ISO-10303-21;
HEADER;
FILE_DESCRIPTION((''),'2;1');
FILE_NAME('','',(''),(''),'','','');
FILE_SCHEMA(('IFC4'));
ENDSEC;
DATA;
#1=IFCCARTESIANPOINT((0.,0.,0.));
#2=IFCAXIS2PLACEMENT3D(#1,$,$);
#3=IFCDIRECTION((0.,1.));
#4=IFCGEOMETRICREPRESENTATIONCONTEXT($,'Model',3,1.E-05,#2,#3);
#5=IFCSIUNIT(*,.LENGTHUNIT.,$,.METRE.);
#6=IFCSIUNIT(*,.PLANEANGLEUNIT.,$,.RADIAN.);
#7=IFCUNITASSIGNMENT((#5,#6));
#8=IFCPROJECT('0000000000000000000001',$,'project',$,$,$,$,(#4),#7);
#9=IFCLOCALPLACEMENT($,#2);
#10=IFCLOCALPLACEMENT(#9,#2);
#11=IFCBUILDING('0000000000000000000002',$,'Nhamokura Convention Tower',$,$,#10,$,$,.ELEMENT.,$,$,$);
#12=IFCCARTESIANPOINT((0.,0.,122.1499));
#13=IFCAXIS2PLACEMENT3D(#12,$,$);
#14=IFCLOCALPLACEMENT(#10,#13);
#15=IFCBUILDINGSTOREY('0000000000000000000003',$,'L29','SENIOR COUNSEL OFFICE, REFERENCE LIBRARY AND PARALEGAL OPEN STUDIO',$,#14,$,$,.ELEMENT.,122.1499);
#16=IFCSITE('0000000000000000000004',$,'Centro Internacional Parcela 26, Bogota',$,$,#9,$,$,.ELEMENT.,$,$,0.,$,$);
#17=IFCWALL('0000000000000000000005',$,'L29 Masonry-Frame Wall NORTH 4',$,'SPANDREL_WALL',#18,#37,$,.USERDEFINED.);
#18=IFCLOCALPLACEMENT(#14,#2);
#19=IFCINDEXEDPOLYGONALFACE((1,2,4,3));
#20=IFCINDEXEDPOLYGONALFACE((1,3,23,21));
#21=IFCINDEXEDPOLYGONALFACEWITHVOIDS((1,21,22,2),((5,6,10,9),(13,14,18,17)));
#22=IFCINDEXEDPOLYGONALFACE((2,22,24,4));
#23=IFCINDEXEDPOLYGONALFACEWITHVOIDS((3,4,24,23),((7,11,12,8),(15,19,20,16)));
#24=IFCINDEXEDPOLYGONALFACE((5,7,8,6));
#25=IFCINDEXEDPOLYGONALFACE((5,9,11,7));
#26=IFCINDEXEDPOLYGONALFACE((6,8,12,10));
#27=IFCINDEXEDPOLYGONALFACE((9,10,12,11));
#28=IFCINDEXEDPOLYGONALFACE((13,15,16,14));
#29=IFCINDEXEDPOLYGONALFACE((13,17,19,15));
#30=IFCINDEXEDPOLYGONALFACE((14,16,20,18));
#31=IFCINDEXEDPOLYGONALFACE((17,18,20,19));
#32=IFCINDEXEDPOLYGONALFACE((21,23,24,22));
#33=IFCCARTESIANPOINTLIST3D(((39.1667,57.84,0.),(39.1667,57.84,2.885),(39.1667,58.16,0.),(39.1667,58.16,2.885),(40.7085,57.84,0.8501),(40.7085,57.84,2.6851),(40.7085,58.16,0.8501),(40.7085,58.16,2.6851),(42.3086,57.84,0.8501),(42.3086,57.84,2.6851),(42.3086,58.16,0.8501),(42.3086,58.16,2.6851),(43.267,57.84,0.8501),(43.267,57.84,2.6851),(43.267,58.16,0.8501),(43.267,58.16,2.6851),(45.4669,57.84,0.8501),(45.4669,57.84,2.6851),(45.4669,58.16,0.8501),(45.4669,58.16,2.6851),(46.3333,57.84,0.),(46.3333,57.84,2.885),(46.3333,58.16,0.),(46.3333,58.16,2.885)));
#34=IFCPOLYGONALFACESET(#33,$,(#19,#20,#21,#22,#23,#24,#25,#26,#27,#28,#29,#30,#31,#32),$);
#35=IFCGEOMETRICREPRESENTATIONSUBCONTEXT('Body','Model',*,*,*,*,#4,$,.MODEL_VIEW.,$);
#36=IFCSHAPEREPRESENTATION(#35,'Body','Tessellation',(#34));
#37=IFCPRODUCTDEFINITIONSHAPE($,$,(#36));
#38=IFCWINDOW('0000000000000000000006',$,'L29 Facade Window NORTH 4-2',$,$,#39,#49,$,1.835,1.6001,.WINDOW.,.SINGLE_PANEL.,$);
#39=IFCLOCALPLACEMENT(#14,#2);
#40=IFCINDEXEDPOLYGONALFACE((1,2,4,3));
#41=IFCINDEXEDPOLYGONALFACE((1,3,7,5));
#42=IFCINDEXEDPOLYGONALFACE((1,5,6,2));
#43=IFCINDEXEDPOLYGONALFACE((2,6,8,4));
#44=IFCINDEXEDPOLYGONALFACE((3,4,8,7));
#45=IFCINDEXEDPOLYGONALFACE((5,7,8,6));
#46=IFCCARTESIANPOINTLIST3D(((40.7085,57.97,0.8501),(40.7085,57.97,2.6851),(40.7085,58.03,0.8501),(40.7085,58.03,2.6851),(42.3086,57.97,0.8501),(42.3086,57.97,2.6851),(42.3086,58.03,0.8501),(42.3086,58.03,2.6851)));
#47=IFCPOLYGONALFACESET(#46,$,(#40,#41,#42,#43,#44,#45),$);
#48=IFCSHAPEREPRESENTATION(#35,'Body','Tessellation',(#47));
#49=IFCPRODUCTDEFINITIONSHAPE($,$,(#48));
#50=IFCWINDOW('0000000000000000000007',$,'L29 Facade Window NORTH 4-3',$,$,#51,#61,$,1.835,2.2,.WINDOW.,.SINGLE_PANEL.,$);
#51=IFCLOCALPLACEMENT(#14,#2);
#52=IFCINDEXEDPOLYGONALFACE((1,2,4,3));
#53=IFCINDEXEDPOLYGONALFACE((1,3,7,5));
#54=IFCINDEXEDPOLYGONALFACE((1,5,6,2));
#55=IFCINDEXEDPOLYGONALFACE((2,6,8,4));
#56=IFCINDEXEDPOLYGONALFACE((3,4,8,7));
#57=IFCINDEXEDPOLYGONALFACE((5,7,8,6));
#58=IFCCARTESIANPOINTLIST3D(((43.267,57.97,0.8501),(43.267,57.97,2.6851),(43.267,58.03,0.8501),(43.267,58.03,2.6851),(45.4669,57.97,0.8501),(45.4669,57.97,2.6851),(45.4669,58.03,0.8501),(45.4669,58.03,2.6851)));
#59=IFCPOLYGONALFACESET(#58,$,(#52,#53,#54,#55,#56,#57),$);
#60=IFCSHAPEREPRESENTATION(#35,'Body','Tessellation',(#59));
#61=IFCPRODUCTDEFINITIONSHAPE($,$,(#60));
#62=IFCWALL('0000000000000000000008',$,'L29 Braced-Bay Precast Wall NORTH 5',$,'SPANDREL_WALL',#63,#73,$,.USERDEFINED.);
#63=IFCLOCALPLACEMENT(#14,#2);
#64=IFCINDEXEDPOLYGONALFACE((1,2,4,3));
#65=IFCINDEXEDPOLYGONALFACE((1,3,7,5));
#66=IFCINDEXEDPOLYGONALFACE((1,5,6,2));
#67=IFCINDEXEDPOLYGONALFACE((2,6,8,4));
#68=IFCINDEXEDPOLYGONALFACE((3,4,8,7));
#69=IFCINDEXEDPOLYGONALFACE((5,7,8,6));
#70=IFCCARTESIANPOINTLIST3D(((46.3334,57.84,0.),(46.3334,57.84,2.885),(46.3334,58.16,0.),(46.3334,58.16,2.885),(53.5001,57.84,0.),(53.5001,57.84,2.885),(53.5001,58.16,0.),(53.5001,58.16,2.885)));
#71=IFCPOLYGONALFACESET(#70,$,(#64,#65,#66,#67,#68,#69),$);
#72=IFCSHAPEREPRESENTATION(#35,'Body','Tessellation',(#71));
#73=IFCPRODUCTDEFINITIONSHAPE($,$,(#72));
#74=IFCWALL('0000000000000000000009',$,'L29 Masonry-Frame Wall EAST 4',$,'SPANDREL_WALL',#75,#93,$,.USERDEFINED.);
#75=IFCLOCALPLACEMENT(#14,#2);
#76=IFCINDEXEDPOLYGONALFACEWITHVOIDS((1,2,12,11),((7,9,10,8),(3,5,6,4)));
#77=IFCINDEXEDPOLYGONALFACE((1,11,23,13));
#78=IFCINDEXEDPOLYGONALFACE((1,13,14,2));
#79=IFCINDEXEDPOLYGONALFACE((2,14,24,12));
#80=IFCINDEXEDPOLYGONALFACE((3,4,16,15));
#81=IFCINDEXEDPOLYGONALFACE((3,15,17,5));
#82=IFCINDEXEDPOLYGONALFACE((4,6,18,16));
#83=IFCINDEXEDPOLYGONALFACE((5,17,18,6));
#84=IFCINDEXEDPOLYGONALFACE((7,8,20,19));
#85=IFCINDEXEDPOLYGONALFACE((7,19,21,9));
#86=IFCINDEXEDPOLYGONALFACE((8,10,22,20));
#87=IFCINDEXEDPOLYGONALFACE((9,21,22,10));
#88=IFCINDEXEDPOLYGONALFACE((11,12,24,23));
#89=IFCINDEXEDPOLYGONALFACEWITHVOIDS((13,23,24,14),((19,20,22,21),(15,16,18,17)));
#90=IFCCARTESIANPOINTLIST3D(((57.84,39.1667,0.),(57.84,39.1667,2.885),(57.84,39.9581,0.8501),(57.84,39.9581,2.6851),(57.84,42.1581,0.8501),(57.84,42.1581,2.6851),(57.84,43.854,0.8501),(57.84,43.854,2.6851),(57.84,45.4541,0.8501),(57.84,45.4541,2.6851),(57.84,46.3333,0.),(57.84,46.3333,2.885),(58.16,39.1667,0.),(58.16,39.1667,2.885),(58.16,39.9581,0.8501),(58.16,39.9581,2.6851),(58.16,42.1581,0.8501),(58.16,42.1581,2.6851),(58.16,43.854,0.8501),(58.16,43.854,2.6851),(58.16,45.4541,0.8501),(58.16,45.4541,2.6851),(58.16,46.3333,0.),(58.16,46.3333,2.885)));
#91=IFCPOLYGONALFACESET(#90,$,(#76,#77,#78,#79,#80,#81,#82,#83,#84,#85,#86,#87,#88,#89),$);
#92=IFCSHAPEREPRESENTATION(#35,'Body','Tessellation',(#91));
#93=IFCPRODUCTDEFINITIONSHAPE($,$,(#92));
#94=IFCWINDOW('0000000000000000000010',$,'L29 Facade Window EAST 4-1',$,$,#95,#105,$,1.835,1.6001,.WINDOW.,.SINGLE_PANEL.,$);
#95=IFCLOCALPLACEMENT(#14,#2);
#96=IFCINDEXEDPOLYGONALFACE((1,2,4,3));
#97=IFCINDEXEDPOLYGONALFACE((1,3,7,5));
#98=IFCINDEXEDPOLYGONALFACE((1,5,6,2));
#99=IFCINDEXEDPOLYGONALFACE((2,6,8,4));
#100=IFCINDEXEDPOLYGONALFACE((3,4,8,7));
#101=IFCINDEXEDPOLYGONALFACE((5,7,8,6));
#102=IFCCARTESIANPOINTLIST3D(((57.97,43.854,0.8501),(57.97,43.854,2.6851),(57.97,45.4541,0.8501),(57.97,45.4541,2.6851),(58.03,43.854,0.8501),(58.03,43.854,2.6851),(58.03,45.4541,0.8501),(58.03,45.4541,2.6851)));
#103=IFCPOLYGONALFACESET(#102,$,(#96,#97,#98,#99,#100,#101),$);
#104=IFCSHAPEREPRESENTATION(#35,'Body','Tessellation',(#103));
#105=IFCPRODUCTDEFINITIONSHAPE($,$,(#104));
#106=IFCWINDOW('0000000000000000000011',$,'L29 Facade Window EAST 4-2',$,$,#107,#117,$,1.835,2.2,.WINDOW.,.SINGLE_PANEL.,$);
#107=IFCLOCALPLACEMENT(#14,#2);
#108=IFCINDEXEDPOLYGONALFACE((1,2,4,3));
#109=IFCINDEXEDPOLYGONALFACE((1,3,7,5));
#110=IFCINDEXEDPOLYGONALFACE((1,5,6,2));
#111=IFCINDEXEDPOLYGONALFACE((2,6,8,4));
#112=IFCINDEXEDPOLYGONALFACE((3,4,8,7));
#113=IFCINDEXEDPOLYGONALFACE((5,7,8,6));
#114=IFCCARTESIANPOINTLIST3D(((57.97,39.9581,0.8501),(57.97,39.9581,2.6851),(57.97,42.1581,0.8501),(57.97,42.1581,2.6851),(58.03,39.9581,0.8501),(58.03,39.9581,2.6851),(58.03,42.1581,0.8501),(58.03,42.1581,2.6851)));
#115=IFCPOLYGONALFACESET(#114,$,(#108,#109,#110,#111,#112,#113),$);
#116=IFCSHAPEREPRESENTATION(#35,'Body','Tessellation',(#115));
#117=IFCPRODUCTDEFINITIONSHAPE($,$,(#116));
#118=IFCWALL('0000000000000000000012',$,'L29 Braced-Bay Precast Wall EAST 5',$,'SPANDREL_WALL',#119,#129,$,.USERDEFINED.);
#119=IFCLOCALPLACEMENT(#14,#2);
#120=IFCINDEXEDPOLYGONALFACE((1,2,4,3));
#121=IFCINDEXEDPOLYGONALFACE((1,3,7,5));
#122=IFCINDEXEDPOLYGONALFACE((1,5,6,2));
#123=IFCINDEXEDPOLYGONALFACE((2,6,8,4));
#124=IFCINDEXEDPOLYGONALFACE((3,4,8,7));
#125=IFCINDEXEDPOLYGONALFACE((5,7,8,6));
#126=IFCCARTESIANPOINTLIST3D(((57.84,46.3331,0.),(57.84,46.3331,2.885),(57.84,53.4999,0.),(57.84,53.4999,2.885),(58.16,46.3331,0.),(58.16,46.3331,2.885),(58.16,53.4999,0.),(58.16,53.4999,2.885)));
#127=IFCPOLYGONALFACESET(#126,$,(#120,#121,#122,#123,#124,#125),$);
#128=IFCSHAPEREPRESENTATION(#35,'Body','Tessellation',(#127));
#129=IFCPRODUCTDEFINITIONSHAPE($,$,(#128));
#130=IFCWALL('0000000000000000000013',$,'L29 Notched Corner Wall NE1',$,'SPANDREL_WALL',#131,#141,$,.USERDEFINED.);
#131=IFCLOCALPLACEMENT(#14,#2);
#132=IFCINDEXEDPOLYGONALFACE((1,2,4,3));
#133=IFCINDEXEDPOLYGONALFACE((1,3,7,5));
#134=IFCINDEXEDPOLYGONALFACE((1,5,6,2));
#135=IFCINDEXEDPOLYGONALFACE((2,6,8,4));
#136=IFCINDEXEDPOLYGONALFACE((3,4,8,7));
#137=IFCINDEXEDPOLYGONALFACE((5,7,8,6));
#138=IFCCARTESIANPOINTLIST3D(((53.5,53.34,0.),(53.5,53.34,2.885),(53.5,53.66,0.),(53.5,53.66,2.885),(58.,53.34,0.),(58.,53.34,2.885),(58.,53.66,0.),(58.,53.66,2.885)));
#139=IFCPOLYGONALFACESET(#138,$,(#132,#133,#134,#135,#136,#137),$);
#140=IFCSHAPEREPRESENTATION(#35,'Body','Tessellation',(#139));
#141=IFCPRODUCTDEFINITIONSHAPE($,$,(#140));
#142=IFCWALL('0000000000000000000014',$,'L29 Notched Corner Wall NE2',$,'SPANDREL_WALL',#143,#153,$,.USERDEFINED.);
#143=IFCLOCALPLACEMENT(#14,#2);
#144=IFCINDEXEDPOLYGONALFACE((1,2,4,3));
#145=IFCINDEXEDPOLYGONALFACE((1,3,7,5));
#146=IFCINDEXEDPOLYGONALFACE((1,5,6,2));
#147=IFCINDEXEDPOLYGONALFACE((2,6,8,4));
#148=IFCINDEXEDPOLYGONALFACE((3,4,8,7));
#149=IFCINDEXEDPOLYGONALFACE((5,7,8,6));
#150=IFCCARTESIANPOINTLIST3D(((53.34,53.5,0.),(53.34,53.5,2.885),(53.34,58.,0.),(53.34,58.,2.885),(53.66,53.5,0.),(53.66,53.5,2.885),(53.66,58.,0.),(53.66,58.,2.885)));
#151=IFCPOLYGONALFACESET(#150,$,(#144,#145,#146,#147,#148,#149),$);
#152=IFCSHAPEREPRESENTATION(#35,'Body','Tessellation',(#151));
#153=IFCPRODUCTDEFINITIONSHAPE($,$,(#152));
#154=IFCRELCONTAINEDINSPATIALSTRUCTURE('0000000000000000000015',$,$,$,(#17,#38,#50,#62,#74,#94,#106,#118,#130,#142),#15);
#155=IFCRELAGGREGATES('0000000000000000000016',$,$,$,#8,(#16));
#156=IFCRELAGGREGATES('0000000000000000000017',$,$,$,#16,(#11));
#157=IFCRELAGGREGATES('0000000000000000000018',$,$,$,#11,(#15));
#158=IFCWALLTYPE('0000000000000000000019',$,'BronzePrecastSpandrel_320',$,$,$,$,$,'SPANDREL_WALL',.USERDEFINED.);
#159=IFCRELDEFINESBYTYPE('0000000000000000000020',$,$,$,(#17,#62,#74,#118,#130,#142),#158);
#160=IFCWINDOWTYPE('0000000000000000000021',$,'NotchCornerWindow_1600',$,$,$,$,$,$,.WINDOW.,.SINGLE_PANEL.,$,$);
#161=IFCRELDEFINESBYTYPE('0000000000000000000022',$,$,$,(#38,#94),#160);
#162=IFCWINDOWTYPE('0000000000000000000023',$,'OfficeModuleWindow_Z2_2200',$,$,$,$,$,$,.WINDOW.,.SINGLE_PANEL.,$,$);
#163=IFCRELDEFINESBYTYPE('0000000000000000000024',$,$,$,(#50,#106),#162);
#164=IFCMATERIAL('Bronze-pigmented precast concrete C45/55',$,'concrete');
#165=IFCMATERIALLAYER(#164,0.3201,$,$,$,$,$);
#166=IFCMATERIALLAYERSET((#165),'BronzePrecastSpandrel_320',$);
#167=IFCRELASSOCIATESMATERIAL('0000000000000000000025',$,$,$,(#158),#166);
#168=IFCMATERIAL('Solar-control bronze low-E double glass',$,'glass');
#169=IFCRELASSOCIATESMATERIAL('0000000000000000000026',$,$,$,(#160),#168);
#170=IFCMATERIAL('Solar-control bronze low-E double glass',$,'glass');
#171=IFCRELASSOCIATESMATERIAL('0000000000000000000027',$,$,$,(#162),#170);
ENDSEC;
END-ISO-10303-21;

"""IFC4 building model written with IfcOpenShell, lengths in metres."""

from ifc_helpers import new_model, si_unit, direction, frame, frame_2d, origin, place, context, subcontext, project, spatial, rectangle, extrude, material, layer, layer_set, type_object, element, fill, save


model = new_model("IFC4")

# Units and contexts
model_context = context("Model", 3, precision=1e-05, world=origin(), true_north=direction((0.0, 1.0)))
body_context = subcontext(model_context, "Body", "Model", "MODEL_VIEW")
ifc_project = project(units=[si_unit("LENGTHUNIT", "METRE"), si_unit("PLANEANGLEUNIT", "RADIAN")], contexts=[model_context])

# Site, building, storey
site_placement = place(None, origin())
site = spatial("IfcSite", under=ifc_project, at=site_placement, Name="Centro Internacional Parcela 26, Bogota", CompositionType="ELEMENT", RefElevation=0.0)
building_placement = place(site_placement, origin())
building = spatial("IfcBuilding", under=site, at=building_placement, Name="Nhamokura Convention Tower", CompositionType="ELEMENT")
storey_placement = place(building_placement, frame((0.0, 0.0, 122.1499)))
storey = spatial("IfcBuildingStorey", under=building, at=storey_placement, Name="L29", Description="SENIOR COUNSEL OFFICE, REFERENCE LIBRARY AND PARALEGAL OPEN STUDIO", CompositionType="ELEMENT", Elevation=122.1499)

# Wall, openings, windows
ifc_material_1 = material(Name="Bronze-pigmented precast concrete C45/55", Category="concrete")
ifc_layer = layer(ifc_material_1, 0.3201)
ifc_layer_set = layer_set([ifc_layer], Name="BronzePrecastSpandrel_320")
wall_type = type_object("IfcWallType", Name="BronzePrecastSpandrel_320", ElementType="SPANDREL_WALL", PredefinedType="USERDEFINED", material=ifc_layer_set)
wall_1_placement = place(storey_placement, frame((39.1667, 58.0, 0.0), z_axis=(0.0, 0.0, 1.0), x_axis=(1.0, 0.0, 0.0)))
wall_1 = element("IfcWall", 1, at=wall_1_placement, inside=storey, type_object=wall_type, Name="L29 Masonry-Frame Wall NORTH 4", ObjectType="SPANDREL_WALL", PredefinedType="USERDEFINED", context=body_context, shape_type="SweptSolid", body=[
    extrude(rectangle(XDim=7.1665, YDim=0.3201, at=frame_2d((3.5833, 0.0))), origin(), (0.0, 0.0, 1.0), 2.885),
])
opening_1_placement = place(wall_1_placement, frame((1.5417, 0.0, 0.8501)))
opening_1 = element("IfcOpeningElement", 2, at=opening_1_placement, cuts=wall_1, PredefinedType="OPENING", context=body_context, shape_type="SweptSolid", body=[
    extrude(rectangle(XDim=1.6001, YDim=1.835, at=frame_2d((0.8, 0.9175))), frame((0.0, 0.1699, 0.0), z_axis=(0.0, -1.0, 0.0), x_axis=(1.0, 0.0, 0.0)), (0.0, 0.0, 1.0), 0.3401),
])
opening_2_placement = place(wall_1_placement, frame((4.1001, 0.0, 0.8501)))
opening_2 = element("IfcOpeningElement", 3, at=opening_2_placement, cuts=wall_1, PredefinedType="OPENING", context=body_context, shape_type="SweptSolid", body=[
    extrude(rectangle(XDim=2.2, YDim=1.835, at=frame_2d((1.1001, 0.9175))), frame((0.0, 0.1699, 0.0), z_axis=(0.0, -1.0, 0.0), x_axis=(1.0, 0.0, 0.0)), (0.0, 0.0, 1.0), 0.3401),
])
ifc_material_2 = material(Name="Solar-control bronze low-E double glass", Category="glass")
window_type_1 = type_object("IfcWindowType", Name="NotchCornerWindow_1600", PartitioningType="SINGLE_PANEL", PredefinedType="WINDOW", material=ifc_material_2)
window_1_placement = place(opening_1_placement, origin())
window_1 = element("IfcWindow", 4, at=window_1_placement, inside=storey, type_object=window_type_1, Name="L29 Facade Window NORTH 4-2", OverallHeight=1.835, OverallWidth=1.6001, PartitioningType="SINGLE_PANEL", PredefinedType="WINDOW", context=body_context, shape_type="SweptSolid", body=[
    extrude(rectangle(XDim=1.6001, YDim=1.835, at=frame_2d((0.8, 0.9175))), frame((0.0, 0.03, 0.0), z_axis=(0.0, -1.0, 0.0), x_axis=(1.0, 0.0, 0.0)), (0.0, 0.0, 1.0), 0.0601),
])
fill(opening_1, window_1)
ifc_material_3 = material(Name="Solar-control bronze low-E double glass", Category="glass")
window_type_2 = type_object("IfcWindowType", Name="OfficeModuleWindow_Z2_2200", PartitioningType="SINGLE_PANEL", PredefinedType="WINDOW", material=ifc_material_3)
window_2_placement = place(opening_2_placement, origin())
window_2 = element("IfcWindow", 5, at=window_2_placement, inside=storey, type_object=window_type_2, Name="L29 Facade Window NORTH 4-3", OverallHeight=1.835, OverallWidth=2.2, PartitioningType="SINGLE_PANEL", PredefinedType="WINDOW", context=body_context, shape_type="SweptSolid", body=[
    extrude(rectangle(XDim=2.2, YDim=1.835, at=frame_2d((1.1001, 0.9175))), frame((0.0, 0.03, 0.0), z_axis=(0.0, -1.0, 0.0), x_axis=(1.0, 0.0, 0.0)), (0.0, 0.0, 1.0), 0.0601),
])
fill(opening_2, window_2)

# Wall
wall_2_placement = place(storey_placement, frame((46.3333, 58.0, 0.0), z_axis=(0.0, 0.0, 1.0), x_axis=(1.0, 0.0, 0.0)))
element("IfcWall", 6, at=wall_2_placement, inside=storey, type_object=wall_type, Name="L29 Braced-Bay Precast Wall NORTH 5", ObjectType="SPANDREL_WALL", PredefinedType="USERDEFINED", context=body_context, shape_type="SweptSolid", body=[
    extrude(rectangle(XDim=7.1667, YDim=0.3201, at=frame_2d((3.5835, 0.0))), origin(), (0.0, 0.0, 1.0), 2.885),
])

# Wall, openings, windows
wall_3_placement = place(storey_placement, frame((58.0, 46.3333, 0.0), z_axis=(0.0, 0.0, 1.0), x_axis=(0.0, -1.0, 0.0)))
wall_3 = element("IfcWall", 7, at=wall_3_placement, inside=storey, type_object=wall_type, Name="L29 Masonry-Frame Wall EAST 4", ObjectType="SPANDREL_WALL", PredefinedType="USERDEFINED", context=body_context, shape_type="SweptSolid", body=[
    extrude(rectangle(XDim=7.1665, YDim=0.3201, at=frame_2d((3.5833, 0.0))), origin(), (0.0, 0.0, 1.0), 2.885),
])
opening_3_placement = place(wall_3_placement, frame((0.8792, 0.0, 0.8501)))
opening_3 = element("IfcOpeningElement", 8, at=opening_3_placement, cuts=wall_3, PredefinedType="OPENING", context=body_context, shape_type="SweptSolid", body=[
    extrude(rectangle(XDim=1.6001, YDim=1.835, at=frame_2d((0.8, 0.9175))), frame((0.0, 0.1699, 0.0), z_axis=(0.0, -1.0, 0.0), x_axis=(1.0, 0.0, 0.0)), (0.0, 0.0, 1.0), 0.3401),
])
opening_4_placement = place(wall_3_placement, frame((4.175, 0.0, 0.8501)))
opening_4 = element("IfcOpeningElement", 9, at=opening_4_placement, cuts=wall_3, PredefinedType="OPENING", context=body_context, shape_type="SweptSolid", body=[
    extrude(rectangle(XDim=2.2, YDim=1.835, at=frame_2d((1.1001, 0.9175))), frame((0.0, 0.1699, 0.0), z_axis=(0.0, -1.0, 0.0), x_axis=(1.0, 0.0, 0.0)), (0.0, 0.0, 1.0), 0.3401),
])
window_3_placement = place(opening_3_placement, origin())
window_3 = element("IfcWindow", 10, at=window_3_placement, inside=storey, type_object=window_type_1, Name="L29 Facade Window EAST 4-1", OverallHeight=1.835, OverallWidth=1.6001, PartitioningType="SINGLE_PANEL", PredefinedType="WINDOW", context=body_context, shape_type="SweptSolid", body=[
    extrude(rectangle(XDim=1.6001, YDim=1.835, at=frame_2d((0.8, 0.9175))), frame((0.0, 0.03, 0.0), z_axis=(0.0, -1.0, 0.0), x_axis=(1.0, 0.0, 0.0)), (0.0, 0.0, 1.0), 0.0601),
])
fill(opening_3, window_3)
window_4_placement = place(opening_4_placement, origin())
window_4 = element("IfcWindow", 11, at=window_4_placement, inside=storey, type_object=window_type_2, Name="L29 Facade Window EAST 4-2", OverallHeight=1.835, OverallWidth=2.2, PartitioningType="SINGLE_PANEL", PredefinedType="WINDOW", context=body_context, shape_type="SweptSolid", body=[
    extrude(rectangle(XDim=2.2, YDim=1.835, at=frame_2d((1.1001, 0.9175))), frame((0.0, 0.03, 0.0), z_axis=(0.0, -1.0, 0.0), x_axis=(1.0, 0.0, 0.0)), (0.0, 0.0, 1.0), 0.0601),
])
fill(opening_4, window_4)

# Walls
wall_4_placement = place(storey_placement, frame((58.0, 53.5, 0.0), z_axis=(0.0, 0.0, 1.0), x_axis=(0.0, -1.0, 0.0)))
element("IfcWall", 12, at=wall_4_placement, inside=storey, type_object=wall_type, Name="L29 Braced-Bay Precast Wall EAST 5", ObjectType="SPANDREL_WALL", PredefinedType="USERDEFINED", context=body_context, shape_type="SweptSolid", body=[
    extrude(rectangle(XDim=7.1667, YDim=0.3201, at=frame_2d((3.5835, 0.0))), origin(), (0.0, 0.0, 1.0), 2.885),
])
for number, where, z_axis, x_axis, name in (
    (13, (53.5, 53.5, 0.0), (0.0, 0.0, 1.0), (1.0, 0.0, 0.0), "L29 Notched Corner Wall NE1"),
    (14, (53.5, 58.0, 0.0), (0.0, 0.0, 1.0), (0.0, -1.0, 0.0), "L29 Notched Corner Wall NE2"),
):
    element("IfcWall", number, at=place(storey_placement, frame(where, z_axis=z_axis, x_axis=x_axis)), inside=storey, type_object=wall_type, Name=name, ObjectType="SPANDREL_WALL", PredefinedType="USERDEFINED", context=body_context, shape_type="SweptSolid", body=[
        extrude(rectangle(XDim=4.5, YDim=0.3201, at=frame_2d((2.25, 0.0))), origin(), (0.0, 0.0, 1.0), 2.885),
    ])

save(model, "model.ifc")
